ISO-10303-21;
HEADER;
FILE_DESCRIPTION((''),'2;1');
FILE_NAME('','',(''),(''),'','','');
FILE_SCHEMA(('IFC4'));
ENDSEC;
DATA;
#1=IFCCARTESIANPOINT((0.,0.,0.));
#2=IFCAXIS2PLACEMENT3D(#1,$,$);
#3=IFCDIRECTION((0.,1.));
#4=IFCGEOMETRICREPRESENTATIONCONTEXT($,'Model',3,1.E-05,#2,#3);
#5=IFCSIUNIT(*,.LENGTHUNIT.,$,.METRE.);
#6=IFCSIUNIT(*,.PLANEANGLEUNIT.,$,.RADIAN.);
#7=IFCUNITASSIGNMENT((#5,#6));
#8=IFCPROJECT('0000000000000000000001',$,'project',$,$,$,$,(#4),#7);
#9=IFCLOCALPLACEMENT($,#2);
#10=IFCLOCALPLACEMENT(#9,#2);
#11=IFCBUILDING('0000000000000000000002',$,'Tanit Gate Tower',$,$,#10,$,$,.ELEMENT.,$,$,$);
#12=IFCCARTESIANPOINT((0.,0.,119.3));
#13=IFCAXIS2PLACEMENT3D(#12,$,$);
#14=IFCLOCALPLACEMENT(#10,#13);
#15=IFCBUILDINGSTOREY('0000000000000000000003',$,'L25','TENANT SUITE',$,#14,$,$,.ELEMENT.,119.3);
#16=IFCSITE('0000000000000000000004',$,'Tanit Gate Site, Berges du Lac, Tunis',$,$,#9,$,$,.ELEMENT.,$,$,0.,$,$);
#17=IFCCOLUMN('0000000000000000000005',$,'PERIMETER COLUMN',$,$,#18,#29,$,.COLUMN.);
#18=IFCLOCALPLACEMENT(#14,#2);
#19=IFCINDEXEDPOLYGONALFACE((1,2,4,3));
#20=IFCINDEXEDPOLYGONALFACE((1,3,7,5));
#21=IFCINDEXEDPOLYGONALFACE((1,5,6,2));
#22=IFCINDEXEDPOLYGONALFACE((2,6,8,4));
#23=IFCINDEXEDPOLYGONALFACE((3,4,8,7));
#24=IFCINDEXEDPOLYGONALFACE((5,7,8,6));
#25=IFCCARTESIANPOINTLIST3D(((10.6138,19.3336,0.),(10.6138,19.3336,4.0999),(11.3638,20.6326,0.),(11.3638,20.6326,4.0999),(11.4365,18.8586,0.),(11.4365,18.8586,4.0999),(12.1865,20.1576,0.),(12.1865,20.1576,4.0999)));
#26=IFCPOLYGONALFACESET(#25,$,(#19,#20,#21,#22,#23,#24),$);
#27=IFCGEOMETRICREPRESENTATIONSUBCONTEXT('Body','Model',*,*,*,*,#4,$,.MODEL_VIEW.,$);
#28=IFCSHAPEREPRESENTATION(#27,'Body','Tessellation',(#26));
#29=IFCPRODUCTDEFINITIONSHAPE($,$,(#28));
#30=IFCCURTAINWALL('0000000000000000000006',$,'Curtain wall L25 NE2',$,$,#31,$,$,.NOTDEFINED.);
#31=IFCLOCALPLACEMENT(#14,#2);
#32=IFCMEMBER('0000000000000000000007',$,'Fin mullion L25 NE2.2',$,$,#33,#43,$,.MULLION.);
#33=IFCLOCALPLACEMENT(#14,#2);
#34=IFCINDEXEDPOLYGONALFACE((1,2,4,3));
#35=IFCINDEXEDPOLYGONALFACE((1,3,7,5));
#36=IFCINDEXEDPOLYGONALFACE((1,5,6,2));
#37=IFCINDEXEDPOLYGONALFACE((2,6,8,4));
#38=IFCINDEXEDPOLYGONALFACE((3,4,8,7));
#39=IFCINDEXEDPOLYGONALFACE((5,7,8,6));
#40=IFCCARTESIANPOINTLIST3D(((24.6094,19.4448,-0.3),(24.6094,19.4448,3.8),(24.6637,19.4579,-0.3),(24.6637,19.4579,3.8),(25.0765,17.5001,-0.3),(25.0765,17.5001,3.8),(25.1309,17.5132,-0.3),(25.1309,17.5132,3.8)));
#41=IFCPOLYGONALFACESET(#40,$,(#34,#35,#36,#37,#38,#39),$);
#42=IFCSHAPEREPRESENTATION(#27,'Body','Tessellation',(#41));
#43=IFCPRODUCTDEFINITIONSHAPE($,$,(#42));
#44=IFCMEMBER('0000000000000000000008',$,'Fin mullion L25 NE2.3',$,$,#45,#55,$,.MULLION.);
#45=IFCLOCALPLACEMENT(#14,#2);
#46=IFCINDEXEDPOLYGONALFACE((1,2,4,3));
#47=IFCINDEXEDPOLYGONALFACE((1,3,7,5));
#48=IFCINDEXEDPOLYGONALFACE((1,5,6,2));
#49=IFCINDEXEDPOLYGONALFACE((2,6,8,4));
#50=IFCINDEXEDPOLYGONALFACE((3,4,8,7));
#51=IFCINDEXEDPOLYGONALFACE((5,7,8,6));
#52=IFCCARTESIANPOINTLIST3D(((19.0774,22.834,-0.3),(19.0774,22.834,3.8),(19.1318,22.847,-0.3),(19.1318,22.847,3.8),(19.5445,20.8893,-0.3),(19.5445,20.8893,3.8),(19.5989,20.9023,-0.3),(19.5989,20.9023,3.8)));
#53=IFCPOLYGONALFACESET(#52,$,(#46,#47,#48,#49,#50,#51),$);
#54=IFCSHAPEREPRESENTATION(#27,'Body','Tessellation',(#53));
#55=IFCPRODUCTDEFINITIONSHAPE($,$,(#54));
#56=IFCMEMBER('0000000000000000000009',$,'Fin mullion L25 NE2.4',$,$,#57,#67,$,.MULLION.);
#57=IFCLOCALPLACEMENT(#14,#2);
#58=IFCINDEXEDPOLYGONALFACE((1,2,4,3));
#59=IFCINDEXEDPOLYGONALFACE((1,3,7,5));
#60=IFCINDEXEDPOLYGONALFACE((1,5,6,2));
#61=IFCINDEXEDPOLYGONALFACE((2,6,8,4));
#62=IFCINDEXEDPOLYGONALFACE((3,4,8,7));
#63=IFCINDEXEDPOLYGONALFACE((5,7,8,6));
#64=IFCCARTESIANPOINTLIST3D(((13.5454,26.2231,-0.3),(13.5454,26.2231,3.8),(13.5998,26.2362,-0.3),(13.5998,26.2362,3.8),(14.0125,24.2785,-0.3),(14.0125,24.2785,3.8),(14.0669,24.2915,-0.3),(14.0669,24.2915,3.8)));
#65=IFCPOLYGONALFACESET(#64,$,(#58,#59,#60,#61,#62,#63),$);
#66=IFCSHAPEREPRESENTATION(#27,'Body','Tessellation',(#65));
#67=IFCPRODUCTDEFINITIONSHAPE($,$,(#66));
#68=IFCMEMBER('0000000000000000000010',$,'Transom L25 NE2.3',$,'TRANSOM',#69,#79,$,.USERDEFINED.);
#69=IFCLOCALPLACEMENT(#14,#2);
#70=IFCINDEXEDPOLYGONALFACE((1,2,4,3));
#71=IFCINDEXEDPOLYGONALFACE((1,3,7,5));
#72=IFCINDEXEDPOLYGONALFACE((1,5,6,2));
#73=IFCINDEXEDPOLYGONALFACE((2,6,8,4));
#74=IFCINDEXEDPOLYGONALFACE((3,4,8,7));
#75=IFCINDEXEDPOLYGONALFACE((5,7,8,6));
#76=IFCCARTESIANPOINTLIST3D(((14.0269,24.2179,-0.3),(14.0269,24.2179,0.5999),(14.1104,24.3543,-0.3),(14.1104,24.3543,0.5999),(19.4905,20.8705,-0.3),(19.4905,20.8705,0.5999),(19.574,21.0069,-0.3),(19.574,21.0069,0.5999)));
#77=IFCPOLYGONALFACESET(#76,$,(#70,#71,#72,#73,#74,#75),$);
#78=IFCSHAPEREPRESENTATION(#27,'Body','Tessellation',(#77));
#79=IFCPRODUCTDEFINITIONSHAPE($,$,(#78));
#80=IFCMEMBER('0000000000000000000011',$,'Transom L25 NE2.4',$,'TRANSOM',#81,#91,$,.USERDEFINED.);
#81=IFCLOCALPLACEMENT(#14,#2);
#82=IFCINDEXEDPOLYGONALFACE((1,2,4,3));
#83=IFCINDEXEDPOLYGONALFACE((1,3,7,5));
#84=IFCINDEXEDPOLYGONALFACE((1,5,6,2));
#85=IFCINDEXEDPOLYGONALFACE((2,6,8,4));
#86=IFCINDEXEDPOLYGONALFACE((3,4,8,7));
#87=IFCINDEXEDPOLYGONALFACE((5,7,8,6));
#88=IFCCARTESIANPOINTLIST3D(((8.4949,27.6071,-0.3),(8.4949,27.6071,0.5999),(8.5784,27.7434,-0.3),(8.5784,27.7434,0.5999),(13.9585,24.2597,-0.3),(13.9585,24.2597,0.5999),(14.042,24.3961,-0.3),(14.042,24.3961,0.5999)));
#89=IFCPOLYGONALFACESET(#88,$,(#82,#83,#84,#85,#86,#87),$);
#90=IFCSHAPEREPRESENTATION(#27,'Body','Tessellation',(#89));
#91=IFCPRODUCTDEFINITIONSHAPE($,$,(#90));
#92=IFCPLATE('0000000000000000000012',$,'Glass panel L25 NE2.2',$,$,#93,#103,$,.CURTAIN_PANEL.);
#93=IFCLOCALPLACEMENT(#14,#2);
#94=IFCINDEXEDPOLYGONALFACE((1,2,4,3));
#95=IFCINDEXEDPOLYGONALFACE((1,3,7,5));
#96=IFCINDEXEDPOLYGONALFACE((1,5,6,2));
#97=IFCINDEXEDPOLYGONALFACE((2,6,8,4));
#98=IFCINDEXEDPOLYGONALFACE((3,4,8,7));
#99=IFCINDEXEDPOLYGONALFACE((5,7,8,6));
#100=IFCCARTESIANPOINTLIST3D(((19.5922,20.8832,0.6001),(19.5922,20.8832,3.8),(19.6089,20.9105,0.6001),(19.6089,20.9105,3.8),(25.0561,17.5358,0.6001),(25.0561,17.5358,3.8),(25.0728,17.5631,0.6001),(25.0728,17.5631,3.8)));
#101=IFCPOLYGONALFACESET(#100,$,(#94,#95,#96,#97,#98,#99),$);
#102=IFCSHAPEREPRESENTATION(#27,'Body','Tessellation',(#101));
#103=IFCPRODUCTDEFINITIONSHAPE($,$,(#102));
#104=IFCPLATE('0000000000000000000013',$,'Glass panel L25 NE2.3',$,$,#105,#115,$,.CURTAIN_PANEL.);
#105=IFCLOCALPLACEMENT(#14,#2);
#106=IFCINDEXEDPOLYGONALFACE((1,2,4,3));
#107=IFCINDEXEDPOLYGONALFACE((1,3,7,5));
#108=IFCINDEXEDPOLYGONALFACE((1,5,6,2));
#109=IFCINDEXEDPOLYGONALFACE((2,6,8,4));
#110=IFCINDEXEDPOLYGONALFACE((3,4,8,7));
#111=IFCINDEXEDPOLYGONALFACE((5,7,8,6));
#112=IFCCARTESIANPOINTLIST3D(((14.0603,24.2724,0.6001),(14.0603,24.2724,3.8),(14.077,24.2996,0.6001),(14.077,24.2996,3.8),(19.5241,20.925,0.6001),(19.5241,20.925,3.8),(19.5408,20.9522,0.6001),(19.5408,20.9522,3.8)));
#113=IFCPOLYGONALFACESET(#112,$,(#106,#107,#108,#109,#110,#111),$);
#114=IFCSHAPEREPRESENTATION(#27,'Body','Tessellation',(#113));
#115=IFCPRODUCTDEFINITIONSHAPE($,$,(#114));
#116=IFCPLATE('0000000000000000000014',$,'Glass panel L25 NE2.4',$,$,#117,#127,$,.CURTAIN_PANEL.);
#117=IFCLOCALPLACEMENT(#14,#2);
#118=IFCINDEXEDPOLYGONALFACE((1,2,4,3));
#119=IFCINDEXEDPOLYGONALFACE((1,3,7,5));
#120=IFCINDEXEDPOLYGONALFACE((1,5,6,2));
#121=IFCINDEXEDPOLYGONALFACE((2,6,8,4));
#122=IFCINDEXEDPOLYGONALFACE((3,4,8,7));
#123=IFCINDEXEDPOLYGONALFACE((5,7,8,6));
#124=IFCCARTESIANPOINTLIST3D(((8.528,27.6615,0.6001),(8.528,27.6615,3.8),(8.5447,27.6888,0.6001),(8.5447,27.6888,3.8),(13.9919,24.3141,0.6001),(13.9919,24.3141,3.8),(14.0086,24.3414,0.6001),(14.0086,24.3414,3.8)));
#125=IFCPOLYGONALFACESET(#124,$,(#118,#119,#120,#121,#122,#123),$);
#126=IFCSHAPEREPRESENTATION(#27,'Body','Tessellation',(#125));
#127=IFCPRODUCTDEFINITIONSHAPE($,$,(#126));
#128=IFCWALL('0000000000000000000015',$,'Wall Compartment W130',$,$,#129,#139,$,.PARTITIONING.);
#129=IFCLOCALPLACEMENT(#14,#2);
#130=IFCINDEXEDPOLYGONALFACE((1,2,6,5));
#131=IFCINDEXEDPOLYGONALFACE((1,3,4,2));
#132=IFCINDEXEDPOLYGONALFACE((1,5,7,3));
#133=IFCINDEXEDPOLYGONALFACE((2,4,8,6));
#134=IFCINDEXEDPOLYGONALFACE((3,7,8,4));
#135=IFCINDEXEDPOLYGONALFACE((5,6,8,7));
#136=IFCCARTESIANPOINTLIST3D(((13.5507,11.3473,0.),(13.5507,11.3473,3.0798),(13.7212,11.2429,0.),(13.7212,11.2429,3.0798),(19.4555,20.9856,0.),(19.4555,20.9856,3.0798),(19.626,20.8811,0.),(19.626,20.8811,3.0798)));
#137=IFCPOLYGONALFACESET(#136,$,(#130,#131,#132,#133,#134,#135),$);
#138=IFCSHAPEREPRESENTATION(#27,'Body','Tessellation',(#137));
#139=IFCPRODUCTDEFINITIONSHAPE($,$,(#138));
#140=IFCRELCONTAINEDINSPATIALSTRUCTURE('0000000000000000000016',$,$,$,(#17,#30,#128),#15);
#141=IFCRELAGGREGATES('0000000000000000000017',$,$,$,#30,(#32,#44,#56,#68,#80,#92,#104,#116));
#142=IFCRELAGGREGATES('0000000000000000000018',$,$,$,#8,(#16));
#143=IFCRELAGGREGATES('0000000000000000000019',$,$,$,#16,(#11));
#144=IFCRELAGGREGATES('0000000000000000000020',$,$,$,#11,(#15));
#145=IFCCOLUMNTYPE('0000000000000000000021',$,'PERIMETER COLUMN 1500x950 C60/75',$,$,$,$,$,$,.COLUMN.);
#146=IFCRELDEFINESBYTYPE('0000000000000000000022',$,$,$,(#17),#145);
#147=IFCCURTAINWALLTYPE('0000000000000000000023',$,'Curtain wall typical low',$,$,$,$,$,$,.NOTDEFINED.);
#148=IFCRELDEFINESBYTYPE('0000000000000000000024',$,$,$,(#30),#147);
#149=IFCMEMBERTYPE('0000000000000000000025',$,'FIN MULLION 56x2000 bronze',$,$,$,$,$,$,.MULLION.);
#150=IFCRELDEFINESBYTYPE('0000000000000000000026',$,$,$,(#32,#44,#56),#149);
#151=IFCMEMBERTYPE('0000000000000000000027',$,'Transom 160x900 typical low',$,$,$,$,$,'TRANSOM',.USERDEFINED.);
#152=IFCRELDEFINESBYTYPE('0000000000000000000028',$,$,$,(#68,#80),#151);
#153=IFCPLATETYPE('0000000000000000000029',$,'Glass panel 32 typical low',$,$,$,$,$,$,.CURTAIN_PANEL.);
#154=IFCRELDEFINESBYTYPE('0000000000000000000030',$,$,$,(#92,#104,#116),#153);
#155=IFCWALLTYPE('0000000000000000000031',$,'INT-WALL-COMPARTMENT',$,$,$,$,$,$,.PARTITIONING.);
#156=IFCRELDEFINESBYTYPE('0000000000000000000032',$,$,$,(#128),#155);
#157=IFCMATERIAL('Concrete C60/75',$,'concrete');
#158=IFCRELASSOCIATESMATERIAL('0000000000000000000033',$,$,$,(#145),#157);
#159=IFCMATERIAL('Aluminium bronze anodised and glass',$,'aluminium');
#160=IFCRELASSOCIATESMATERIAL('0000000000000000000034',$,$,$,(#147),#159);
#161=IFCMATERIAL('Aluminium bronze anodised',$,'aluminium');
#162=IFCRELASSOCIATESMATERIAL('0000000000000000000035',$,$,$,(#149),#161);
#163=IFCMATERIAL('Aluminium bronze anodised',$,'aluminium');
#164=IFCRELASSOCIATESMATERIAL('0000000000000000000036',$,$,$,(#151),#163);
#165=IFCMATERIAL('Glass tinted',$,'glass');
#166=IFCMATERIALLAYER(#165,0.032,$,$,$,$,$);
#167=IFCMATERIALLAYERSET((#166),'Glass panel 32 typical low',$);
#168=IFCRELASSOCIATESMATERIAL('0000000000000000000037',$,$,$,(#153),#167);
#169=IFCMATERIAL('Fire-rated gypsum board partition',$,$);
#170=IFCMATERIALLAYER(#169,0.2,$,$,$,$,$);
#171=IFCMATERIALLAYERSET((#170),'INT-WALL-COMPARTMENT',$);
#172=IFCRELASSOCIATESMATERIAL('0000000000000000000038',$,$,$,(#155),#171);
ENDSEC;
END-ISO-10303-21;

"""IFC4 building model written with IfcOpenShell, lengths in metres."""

from ifc_helpers import new_model, si_unit, direction, frame, frame_2d, origin, origin_2d, place, context, subcontext, project, spatial, rectangle, extrude, material, layer, layer_set, material_profile, profile_set, type_object, element, aggregate, save


model = new_model("IFC4")

# Units and contexts
model_context = context("Model", 3, precision=1e-05, world=origin(), true_north=direction((0.0, 1.0)))
body_context = subcontext(model_context, "Body", "Model", "MODEL_VIEW")
ifc_project = project(units=[si_unit("LENGTHUNIT", "METRE"), si_unit("PLANEANGLEUNIT", "RADIAN")], contexts=[model_context])

# Site, building, storey
site_placement = place(None, origin())
site = spatial("IfcSite", under=ifc_project, at=site_placement, Name="Tanit Gate Site, Berges du Lac, Tunis", CompositionType="ELEMENT", RefElevation=0.0)
building_placement = place(site_placement, origin())
building = spatial("IfcBuilding", under=site, at=building_placement, Name="Tanit Gate Tower", CompositionType="ELEMENT")
storey_placement = place(building_placement, frame((0.0, 0.0, 119.3)))
storey = spatial("IfcBuildingStorey", under=building, at=storey_placement, Name="L25", Description="TENANT SUITE", CompositionType="ELEMENT", Elevation=119.3)

# Column
ifc_material_1 = material(Name="Concrete C60/75", Category="concrete")
ifc_material_profile_1 = material_profile(ifc_material_1, rectangle(XDim=1.5, YDim=0.95, at=origin_2d()), Name="RC 1500x950")
ifc_profile_set_1 = profile_set([ifc_material_profile_1], Name="Concrete C60/75")
column_type = type_object("IfcColumnType", Name="PERIMETER COLUMN 1500x950 C60/75", PredefinedType="COLUMN", material=ifc_profile_set_1)
column_placement = place(storey_placement, frame((11.4001, 19.7456, 0.0), z_axis=(0.0, 0.0, 1.0), x_axis=(0.5, 0.866025, 0.0)))
element("IfcColumn", 1, at=column_placement, inside=storey, type_object=column_type, Name="PERIMETER COLUMN", PredefinedType="COLUMN", context=body_context, shape_type="SweptSolid", body=[
    extrude(rectangle(XDim=1.5, YDim=0.95, at=origin_2d()), origin(), (0.0, 0.0, 1.0), 4.0999),
])

# Curtain wall, members, plates
ifc_material_2 = material(Name="Aluminium bronze anodised and glass", Category="aluminium")
curtain_wall_type = type_object("IfcCurtainWallType", Name="Curtain wall typical low", PredefinedType="NOTDEFINED", material=ifc_material_2)
curtain_wall_placement = place(storey_placement, origin())
curtain_wall = element("IfcCurtainWall", 2, at=curtain_wall_placement, inside=storey, type_object=curtain_wall_type, Name="Curtain wall L25 NE2", PredefinedType="NOTDEFINED")
ifc_material_3 = material(Name="Aluminium bronze anodised", Category="aluminium")
ifc_material_profile_2 = material_profile(ifc_material_3, rectangle(XDim=2.0, YDim=0.0559, at=origin_2d()), Name="56x2000 bronze fin mullion")
ifc_profile_set_2 = profile_set([ifc_material_profile_2], Name="Aluminium bronze anodised")
member_type_1 = type_object("IfcMemberType", Name="FIN MULLION 56x2000 bronze", PredefinedType="MULLION", material=ifc_profile_set_2)
member_1_placement = place(storey_placement, frame((24.8701, 18.479, -0.3), z_axis=(0.0, 0.0, 1.0), x_axis=(0.233557, -0.972343, 0.0)))
member_1 = element("IfcMember", 3, at=member_1_placement, type_object=member_type_1, Name="Fin mullion L25 NE2.2", PredefinedType="MULLION", context=body_context, shape_type="SweptSolid", body=[
    extrude(rectangle(XDim=2.0, YDim=0.0559, at=origin_2d()), origin(), (0.0, 0.0, 1.0), 4.1001),
])
member_2_placement = place(storey_placement, frame((19.3381, 21.8682, -0.3), z_axis=(0.0, 0.0, 1.0), x_axis=(0.233557, -0.972343, 0.0)))
member_2 = element("IfcMember", 4, at=member_2_placement, type_object=member_type_1, Name="Fin mullion L25 NE2.3", PredefinedType="MULLION", context=body_context, shape_type="SweptSolid", body=[
    extrude(rectangle(XDim=2.0, YDim=0.0559, at=origin_2d()), origin(), (0.0, 0.0, 1.0), 4.1001),
])
member_3_placement = place(storey_placement, frame((13.8062, 25.2573, -0.3), z_axis=(0.0, 0.0, 1.0), x_axis=(0.233557, -0.972343, 0.0)))
member_3 = element("IfcMember", 5, at=member_3_placement, type_object=member_type_1, Name="Fin mullion L25 NE2.4", PredefinedType="MULLION", context=body_context, shape_type="SweptSolid", body=[
    extrude(rectangle(XDim=2.0, YDim=0.0559, at=origin_2d()), origin(), (0.0, 0.0, 1.0), 4.1001),
])
ifc_material_4 = material(Name="Aluminium bronze anodised", Category="aluminium")
ifc_material_profile_3 = material_profile(ifc_material_4, rectangle(XDim=0.1599, YDim=0.8999, at=origin_2d()), Name="160x900 bronze transom")
ifc_profile_set_3 = profile_set([ifc_material_profile_3], Name="Aluminium bronze anodised")
member_type_2 = type_object("IfcMemberType", Name="Transom 160x900 typical low", ElementType="TRANSOM", PredefinedType="USERDEFINED", material=ifc_profile_set_3)
member_4_placement = place(storey_placement, frame((19.5322, 20.9387, 0.1499), z_axis=(-0.852689, 0.522419, 0.0), x_axis=(-0.522419, -0.852689, 0.0)))
member_4 = element("IfcMember", 6, at=member_4_placement, type_object=member_type_2, Name="Transom L25 NE2.3", ObjectType="TRANSOM", PredefinedType="USERDEFINED", context=body_context, shape_type="SweptSolid", body=[
    extrude(rectangle(XDim=0.1599, YDim=0.8999, at=origin_2d()), origin(), (0.0, 0.0, 1.0), 6.4075),
])
member_5_placement = place(storey_placement, frame((14.0002, 24.3279, 0.1499), z_axis=(-0.852689, 0.522419, 0.0), x_axis=(-0.522419, -0.852689, 0.0)))
member_5 = element("IfcMember", 7, at=member_5_placement, type_object=member_type_2, Name="Transom L25 NE2.4", ObjectType="TRANSOM", PredefinedType="USERDEFINED", context=body_context, shape_type="SweptSolid", body=[
    extrude(rectangle(XDim=0.1599, YDim=0.8999, at=origin_2d()), origin(), (0.0, 0.0, 1.0), 6.4075),
])
ifc_material_5 = material(Name="Glass tinted", Category="glass")
ifc_layer_1 = layer(ifc_material_5, 0.032)
ifc_layer_set_1 = layer_set([ifc_layer_1], Name="Glass panel 32 typical low")
plate_type = type_object("IfcPlateType", Name="Glass panel 32 typical low", PredefinedType="CURTAIN_PANEL", material=ifc_layer_set_1)
plate_1_placement = place(storey_placement, frame((22.3325, 19.2231, 0.6001), z_axis=(0.0, 0.0, 1.0), x_axis=(-0.8527, 0.522401, 0.0)))
plate_1 = element("IfcPlate", 8, at=plate_1_placement, type_object=plate_type, Name="Glass panel L25 NE2.2", PredefinedType="CURTAIN_PANEL", context=body_context, shape_type="SweptSolid", body=[
    extrude(rectangle(XDim=6.4077, YDim=0.032, at=origin_2d()), origin(), (0.0, 0.0, 1.0), 3.2),
])
plate_2_placement = place(storey_placement, frame((16.8005, 22.6123, 0.6001), z_axis=(0.0, 0.0, 1.0), x_axis=(-0.8527, 0.522401, 0.0)))
plate_2 = element("IfcPlate", 9, at=plate_2_placement, type_object=plate_type, Name="Glass panel L25 NE2.3", PredefinedType="CURTAIN_PANEL", context=body_context, shape_type="SweptSolid", body=[
    extrude(rectangle(XDim=6.4077, YDim=0.032, at=origin_2d()), origin(), (0.0, 0.0, 1.0), 3.2),
])
plate_3_placement = place(storey_placement, frame((11.2683, 26.0015, 0.6001), z_axis=(0.0, 0.0, 1.0), x_axis=(-0.8527, 0.522401, 0.0)))
plate_3 = element("IfcPlate", 10, at=plate_3_placement, type_object=plate_type, Name="Glass panel L25 NE2.4", PredefinedType="CURTAIN_PANEL", context=body_context, shape_type="SweptSolid", body=[
    extrude(rectangle(XDim=6.4077, YDim=0.032, at=origin_2d()), origin(), (0.0, 0.0, 1.0), 3.2),
])
aggregate(curtain_wall, [member_1, member_2, member_3, member_4, member_5, plate_1, plate_2, plate_3])

# Wall
ifc_material_6 = material(Name="Fire-rated gypsum board partition")
ifc_layer_2 = layer(ifc_material_6, 0.2)
ifc_layer_set_2 = layer_set([ifc_layer_2], Name="INT-WALL-COMPARTMENT")
wall_type = type_object("IfcWallType", Name="INT-WALL-COMPARTMENT", PredefinedType="PARTITIONING", material=ifc_layer_set_2)
wall_placement = place(storey_placement, frame((19.5408, 20.9333, 0.0), z_axis=(0.0, 0.0, 1.0), x_axis=(-0.522402, -0.852699, 0.0)))
element("IfcWall", 11, at=wall_placement, inside=storey, type_object=wall_type, Name="Wall Compartment W130", PredefinedType="PARTITIONING", context=body_context, shape_type="SweptSolid", body=[
    extrude(rectangle(XDim=11.3032, YDim=0.2, at=frame_2d((5.6516, 0.0))), origin(), (0.0, 0.0, 1.0), 3.0798),
])

save(model, "model.ifc")
